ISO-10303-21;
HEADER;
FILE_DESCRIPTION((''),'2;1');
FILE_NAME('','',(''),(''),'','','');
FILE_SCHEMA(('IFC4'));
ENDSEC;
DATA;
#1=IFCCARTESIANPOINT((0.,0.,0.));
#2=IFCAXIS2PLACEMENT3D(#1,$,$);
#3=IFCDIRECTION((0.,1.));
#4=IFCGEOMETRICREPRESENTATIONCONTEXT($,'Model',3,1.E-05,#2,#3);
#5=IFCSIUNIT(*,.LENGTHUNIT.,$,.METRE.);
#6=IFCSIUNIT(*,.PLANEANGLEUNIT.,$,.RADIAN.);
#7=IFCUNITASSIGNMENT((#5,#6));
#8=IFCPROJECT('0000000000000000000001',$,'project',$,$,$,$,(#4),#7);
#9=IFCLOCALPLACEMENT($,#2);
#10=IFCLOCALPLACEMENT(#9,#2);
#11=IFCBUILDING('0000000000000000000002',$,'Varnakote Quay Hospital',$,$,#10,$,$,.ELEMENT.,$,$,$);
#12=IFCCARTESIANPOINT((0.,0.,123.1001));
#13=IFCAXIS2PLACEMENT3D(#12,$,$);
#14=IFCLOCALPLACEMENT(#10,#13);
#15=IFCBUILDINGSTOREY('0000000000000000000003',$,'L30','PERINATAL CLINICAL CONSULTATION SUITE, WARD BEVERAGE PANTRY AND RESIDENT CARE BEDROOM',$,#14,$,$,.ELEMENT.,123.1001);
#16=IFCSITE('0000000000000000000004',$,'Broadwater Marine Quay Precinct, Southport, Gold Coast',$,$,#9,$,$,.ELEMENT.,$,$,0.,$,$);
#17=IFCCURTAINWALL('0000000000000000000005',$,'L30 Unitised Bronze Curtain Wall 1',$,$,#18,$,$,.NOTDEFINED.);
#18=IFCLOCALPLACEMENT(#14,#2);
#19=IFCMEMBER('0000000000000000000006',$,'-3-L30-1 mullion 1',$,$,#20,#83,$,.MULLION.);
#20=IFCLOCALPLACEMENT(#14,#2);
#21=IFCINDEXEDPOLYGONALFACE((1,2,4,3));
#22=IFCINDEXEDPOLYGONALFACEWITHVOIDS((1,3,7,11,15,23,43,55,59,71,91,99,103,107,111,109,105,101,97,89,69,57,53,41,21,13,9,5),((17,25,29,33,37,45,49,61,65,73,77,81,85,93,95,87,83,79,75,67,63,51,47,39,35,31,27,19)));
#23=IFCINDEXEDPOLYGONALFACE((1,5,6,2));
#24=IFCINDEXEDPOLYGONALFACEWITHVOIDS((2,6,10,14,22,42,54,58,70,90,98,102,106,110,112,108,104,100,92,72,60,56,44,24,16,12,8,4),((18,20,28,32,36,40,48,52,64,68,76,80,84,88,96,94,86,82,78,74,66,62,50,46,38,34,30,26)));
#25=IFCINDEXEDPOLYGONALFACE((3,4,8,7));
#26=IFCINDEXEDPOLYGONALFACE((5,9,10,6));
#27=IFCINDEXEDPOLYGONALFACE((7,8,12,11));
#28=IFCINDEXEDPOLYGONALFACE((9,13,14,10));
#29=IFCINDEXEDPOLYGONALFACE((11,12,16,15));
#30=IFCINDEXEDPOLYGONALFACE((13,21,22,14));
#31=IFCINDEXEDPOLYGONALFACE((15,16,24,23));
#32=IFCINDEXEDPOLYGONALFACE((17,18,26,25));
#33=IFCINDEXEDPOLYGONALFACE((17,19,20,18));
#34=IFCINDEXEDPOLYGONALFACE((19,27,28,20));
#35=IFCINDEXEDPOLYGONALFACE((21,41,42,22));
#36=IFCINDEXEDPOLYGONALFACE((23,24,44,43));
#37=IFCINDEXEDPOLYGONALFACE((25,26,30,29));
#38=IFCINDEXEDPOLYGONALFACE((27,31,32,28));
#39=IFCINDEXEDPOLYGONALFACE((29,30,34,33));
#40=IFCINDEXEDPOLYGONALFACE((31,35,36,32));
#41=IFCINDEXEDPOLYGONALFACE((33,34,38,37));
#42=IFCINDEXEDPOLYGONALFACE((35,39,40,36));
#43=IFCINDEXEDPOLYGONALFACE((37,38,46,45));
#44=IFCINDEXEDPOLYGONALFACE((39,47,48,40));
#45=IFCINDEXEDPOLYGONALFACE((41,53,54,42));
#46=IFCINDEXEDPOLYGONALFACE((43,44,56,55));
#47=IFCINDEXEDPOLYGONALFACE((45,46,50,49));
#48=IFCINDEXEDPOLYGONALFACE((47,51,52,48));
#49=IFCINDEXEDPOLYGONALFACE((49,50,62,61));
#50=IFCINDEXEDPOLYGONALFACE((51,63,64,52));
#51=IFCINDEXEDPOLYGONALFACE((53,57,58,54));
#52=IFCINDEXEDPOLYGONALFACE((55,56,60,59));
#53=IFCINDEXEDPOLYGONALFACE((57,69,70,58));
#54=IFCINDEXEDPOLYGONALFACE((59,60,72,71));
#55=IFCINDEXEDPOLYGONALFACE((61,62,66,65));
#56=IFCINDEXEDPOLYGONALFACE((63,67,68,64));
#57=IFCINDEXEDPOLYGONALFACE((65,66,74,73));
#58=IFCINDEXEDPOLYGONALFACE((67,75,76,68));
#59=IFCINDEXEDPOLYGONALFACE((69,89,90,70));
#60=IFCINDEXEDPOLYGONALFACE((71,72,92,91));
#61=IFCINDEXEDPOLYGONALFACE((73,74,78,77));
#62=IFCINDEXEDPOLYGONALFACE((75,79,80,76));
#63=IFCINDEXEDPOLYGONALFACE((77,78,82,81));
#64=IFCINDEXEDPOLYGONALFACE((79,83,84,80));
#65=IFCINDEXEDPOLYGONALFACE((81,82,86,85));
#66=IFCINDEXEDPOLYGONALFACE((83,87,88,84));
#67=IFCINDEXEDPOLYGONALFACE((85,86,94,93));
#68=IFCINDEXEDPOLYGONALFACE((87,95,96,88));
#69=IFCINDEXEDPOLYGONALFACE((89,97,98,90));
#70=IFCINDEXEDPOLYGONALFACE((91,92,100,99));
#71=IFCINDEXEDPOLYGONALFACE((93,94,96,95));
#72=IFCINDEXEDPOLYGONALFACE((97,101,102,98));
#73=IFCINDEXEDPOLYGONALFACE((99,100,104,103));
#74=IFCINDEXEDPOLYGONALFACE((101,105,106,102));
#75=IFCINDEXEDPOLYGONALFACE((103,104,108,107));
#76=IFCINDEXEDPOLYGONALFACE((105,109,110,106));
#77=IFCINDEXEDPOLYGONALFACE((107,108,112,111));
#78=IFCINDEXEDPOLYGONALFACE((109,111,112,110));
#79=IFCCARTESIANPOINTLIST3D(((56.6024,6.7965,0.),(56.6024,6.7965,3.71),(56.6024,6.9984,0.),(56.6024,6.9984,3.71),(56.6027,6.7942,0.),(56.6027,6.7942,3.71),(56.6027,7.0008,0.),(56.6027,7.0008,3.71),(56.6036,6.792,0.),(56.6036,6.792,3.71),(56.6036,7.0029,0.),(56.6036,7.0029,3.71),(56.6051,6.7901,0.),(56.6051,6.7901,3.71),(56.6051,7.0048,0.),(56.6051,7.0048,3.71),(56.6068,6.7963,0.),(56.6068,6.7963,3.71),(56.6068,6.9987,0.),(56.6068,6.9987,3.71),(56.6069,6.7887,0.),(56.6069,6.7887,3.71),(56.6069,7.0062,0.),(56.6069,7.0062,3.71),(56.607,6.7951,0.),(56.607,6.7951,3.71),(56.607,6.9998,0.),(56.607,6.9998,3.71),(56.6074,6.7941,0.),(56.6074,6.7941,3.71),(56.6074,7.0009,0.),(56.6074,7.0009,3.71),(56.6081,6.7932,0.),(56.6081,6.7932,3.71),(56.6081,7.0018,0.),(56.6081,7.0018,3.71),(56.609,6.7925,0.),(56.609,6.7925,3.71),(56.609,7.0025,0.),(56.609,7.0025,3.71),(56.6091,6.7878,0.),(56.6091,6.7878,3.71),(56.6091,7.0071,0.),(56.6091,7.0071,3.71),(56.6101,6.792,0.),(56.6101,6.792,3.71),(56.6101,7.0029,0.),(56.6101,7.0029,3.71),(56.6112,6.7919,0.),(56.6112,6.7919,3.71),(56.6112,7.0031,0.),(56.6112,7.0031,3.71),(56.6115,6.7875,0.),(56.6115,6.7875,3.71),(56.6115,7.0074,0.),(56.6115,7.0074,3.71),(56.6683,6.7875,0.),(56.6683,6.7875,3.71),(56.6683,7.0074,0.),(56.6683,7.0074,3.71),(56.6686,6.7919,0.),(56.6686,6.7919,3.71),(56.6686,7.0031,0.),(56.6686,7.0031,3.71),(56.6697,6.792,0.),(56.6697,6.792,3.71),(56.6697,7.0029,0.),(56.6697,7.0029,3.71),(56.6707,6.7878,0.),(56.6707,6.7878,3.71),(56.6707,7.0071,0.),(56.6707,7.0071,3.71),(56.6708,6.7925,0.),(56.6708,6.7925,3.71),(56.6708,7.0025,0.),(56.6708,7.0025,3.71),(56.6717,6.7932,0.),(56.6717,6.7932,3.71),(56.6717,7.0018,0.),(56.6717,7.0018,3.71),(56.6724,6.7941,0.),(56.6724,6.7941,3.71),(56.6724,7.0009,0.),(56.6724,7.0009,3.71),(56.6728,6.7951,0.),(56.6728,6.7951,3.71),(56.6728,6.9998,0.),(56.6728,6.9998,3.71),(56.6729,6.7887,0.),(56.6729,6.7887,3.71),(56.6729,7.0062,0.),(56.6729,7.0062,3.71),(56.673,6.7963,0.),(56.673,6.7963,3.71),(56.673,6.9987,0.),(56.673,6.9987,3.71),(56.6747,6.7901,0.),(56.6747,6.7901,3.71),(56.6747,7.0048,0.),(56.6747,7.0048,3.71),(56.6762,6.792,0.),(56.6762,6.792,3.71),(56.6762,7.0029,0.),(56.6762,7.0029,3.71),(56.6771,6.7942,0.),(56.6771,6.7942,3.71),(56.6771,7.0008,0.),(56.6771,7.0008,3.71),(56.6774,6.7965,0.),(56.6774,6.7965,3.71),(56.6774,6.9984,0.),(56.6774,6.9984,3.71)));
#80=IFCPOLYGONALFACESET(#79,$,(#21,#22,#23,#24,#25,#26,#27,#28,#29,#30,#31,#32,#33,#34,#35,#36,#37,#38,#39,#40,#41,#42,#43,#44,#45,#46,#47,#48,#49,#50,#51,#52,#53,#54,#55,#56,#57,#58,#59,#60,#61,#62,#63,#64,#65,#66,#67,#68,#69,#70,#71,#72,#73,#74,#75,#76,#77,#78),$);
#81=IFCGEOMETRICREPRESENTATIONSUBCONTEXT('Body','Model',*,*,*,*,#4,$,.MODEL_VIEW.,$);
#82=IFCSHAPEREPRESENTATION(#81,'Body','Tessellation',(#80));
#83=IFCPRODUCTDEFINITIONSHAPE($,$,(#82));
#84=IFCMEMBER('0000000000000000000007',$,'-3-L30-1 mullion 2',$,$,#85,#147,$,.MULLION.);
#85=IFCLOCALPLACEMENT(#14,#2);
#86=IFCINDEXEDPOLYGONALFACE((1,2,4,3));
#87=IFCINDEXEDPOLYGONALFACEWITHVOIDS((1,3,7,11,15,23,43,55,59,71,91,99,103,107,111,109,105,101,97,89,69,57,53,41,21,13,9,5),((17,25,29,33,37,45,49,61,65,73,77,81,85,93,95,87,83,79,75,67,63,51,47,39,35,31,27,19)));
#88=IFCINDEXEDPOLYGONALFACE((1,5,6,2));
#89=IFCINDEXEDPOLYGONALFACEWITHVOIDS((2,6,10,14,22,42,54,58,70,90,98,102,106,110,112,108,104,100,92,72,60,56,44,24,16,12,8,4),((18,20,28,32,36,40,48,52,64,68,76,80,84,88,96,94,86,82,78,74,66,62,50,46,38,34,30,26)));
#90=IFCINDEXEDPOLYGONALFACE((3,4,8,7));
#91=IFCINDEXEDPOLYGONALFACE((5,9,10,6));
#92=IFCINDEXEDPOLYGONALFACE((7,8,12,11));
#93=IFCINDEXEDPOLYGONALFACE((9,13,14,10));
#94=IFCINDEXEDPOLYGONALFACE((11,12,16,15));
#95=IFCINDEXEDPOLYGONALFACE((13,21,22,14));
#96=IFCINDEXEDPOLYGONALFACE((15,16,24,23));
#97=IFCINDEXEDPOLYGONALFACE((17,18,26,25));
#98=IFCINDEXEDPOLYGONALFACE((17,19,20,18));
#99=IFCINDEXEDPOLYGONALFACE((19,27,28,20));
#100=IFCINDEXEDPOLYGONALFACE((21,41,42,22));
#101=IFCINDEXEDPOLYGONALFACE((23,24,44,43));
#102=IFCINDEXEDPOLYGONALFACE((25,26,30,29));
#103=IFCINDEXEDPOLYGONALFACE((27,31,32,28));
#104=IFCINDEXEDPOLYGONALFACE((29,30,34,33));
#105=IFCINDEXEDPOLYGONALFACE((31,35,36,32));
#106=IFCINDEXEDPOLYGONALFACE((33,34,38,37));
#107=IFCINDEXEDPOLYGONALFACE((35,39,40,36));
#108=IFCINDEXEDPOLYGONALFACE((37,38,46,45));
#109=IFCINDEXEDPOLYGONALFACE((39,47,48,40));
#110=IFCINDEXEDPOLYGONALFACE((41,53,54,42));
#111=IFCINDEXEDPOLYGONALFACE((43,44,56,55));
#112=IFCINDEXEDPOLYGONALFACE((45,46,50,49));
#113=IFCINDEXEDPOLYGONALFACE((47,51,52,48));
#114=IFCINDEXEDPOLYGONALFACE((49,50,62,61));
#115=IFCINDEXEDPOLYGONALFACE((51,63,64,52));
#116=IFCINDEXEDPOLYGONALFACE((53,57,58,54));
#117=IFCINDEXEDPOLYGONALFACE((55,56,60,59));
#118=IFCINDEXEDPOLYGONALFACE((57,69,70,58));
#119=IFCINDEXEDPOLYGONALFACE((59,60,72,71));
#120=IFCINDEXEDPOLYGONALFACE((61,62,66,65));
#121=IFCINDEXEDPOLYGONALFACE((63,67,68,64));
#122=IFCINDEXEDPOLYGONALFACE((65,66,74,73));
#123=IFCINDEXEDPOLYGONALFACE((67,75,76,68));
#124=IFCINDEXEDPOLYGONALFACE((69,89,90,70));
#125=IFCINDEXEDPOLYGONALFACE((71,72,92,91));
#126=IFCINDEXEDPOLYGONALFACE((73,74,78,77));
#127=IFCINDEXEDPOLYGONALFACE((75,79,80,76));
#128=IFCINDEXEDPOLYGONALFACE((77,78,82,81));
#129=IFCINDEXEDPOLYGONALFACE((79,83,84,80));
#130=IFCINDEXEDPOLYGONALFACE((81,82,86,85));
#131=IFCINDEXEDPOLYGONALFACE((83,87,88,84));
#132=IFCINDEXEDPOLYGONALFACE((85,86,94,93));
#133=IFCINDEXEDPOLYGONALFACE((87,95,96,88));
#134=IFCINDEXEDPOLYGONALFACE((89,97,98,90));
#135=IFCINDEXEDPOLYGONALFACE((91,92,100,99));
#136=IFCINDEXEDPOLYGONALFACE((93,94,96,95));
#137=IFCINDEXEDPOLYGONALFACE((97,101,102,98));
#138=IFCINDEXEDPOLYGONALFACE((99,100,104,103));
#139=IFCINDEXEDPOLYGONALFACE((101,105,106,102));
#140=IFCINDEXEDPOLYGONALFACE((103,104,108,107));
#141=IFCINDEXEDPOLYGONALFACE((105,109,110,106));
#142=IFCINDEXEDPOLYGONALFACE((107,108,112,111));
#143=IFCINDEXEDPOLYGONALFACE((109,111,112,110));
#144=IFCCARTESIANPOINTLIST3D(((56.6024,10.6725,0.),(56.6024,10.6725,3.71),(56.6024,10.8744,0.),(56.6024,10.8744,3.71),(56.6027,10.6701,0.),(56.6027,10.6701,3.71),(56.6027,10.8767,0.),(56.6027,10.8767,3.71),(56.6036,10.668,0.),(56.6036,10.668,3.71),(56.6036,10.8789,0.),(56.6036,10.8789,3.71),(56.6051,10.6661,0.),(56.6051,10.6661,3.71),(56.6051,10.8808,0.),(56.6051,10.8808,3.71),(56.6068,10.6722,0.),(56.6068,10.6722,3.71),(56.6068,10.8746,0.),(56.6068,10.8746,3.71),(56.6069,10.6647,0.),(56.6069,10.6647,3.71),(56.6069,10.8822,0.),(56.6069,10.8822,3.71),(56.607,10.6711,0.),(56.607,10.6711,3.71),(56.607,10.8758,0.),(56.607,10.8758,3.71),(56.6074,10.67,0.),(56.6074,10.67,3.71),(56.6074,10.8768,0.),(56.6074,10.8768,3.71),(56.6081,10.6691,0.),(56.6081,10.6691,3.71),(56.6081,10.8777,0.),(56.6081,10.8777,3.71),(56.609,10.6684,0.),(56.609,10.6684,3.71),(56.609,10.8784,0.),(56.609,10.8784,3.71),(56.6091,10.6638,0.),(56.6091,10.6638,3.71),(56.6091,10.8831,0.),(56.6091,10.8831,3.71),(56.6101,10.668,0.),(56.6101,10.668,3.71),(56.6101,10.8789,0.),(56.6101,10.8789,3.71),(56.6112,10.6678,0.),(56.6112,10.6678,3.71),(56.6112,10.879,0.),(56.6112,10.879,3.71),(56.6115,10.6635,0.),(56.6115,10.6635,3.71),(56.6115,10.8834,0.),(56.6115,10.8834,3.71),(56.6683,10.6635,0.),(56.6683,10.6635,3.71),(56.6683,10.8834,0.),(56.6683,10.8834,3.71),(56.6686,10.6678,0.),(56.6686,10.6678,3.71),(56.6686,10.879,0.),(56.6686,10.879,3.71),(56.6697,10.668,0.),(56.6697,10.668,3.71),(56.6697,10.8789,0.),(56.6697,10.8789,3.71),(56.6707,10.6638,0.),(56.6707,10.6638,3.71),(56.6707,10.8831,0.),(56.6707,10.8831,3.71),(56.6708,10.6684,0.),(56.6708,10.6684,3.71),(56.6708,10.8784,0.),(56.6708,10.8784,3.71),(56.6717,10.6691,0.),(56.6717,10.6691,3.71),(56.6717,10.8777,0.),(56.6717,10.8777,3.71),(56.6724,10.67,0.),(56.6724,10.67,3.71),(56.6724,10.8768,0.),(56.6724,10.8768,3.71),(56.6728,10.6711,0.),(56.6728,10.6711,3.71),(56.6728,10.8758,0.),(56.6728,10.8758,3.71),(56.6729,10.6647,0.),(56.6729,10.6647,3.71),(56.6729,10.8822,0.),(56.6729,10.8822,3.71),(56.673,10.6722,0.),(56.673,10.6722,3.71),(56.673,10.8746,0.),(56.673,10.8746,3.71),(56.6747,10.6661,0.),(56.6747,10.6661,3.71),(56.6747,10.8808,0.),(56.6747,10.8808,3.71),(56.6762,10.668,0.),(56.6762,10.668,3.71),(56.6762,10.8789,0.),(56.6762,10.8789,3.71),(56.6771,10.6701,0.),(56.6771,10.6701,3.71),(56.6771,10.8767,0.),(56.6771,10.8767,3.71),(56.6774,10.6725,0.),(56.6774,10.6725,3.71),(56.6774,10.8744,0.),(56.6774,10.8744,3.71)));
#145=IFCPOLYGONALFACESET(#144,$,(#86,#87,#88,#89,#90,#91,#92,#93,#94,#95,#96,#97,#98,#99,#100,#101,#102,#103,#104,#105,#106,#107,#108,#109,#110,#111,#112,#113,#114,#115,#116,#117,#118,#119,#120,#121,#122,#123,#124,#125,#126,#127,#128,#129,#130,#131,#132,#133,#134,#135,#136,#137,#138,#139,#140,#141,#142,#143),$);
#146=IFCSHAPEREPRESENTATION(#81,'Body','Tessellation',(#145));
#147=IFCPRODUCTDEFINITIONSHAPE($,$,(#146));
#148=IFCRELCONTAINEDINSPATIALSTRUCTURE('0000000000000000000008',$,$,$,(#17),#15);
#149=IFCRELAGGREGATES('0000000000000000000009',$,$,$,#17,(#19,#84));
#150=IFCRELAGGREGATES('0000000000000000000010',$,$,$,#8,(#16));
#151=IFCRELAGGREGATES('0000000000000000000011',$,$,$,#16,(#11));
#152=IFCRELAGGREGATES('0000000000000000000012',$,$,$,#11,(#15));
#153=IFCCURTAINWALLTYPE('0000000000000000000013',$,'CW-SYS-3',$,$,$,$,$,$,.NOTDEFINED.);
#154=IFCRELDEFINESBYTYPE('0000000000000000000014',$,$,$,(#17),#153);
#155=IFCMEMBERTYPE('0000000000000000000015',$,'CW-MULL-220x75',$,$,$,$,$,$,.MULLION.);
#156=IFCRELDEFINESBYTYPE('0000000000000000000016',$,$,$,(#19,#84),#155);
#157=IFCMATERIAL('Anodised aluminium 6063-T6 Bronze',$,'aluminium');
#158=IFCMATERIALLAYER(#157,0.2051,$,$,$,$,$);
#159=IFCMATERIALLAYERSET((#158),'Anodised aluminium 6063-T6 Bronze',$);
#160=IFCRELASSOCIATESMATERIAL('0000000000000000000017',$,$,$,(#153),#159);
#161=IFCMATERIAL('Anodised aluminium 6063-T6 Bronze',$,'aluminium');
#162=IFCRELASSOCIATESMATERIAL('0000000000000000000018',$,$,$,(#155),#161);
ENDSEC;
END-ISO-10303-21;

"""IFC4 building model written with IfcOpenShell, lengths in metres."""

from ifc_helpers import new_model, si_unit, direction, frame, origin, origin_2d, place, context, subcontext, project, spatial, hollow_rectangle, extrude, material, layer, layer_set, material_profile, profile_set, type_object, element, aggregate, save


model = new_model("IFC4")

# Units and contexts
model_context = context("Model", 3, precision=1e-05, world=origin(), true_north=direction((0.0, 1.0)))
body_context = subcontext(model_context, "Body", "Model", "MODEL_VIEW")
ifc_project = project(units=[si_unit("LENGTHUNIT", "METRE"), si_unit("PLANEANGLEUNIT", "RADIAN")], contexts=[model_context])

# Site, building, storey
site_placement = place(None, origin())
site = spatial("IfcSite", under=ifc_project, at=site_placement, Name="Broadwater Marine Quay Precinct, Southport, Gold Coast", CompositionType="ELEMENT", RefElevation=0.0)
building_placement = place(site_placement, origin())
building = spatial("IfcBuilding", under=site, at=building_placement, Name="Varnakote Quay Hospital", CompositionType="ELEMENT")
storey_placement = place(building_placement, frame((0.0, 0.0, 123.1001)))
storey = spatial("IfcBuildingStorey", under=building, at=storey_placement, Name="L30", Description="PERINATAL CLINICAL CONSULTATION SUITE, WARD BEVERAGE PANTRY AND RESIDENT CARE BEDROOM", CompositionType="ELEMENT", Elevation=123.1001)

# Curtain wall, members
ifc_material_1 = material(Name="Anodised aluminium 6063-T6 Bronze", Category="aluminium")
ifc_layer_1 = layer(ifc_material_1, 0.2051)
ifc_layer_set_1 = layer_set([ifc_layer_1], Name="Anodised aluminium 6063-T6 Bronze")
curtain_wall_type = type_object("IfcCurtainWallType", Name="CW-SYS-3", PredefinedType="NOTDEFINED", material=ifc_layer_set_1)
curtain_wall_placement = place(storey_placement, origin())
curtain_wall = element("IfcCurtainWall", 1, at=curtain_wall_placement, inside=storey, type_object=curtain_wall_type, Name="L30 Unitised Bronze Curtain Wall 1", PredefinedType="NOTDEFINED")
ifc_material_2 = material(Name="Anodised aluminium 6063-T6 Bronze", Category="aluminium")
ifc_material_profile_1 = material_profile(ifc_material_2, hollow_rectangle(XDim=0.075, YDim=0.22, WallThickness=0.0044, InnerFilletRadius=0.0044, OuterFilletRadius=0.009, at=origin_2d()), Name="CW-MULL-220x75")
ifc_profile_set_1 = profile_set([ifc_material_profile_1], Name="Anodised aluminium 6063-T6 Bronze")
member_type_1 = type_object("IfcMemberType", Name="CW-MULL-220x75", PredefinedType="MULLION", material=ifc_profile_set_1)
member_1_placement = place(storey_placement, frame((56.6399, 6.8975, 0.0), z_axis=(0.0, 0.0, 1.0), x_axis=(-1.0, 0.0, 0.0)))
member_1 = element("IfcMember", 2, at=member_1_placement, type_object=member_type_1, Name="-3-L30-1 mullion 1", PredefinedType="MULLION", context=body_context, shape_type="SweptSolid", body=[
    extrude(hollow_rectangle(XDim=0.075, YDim=0.22, WallThickness=0.0044, InnerFilletRadius=0.0044, OuterFilletRadius=0.009, at=origin_2d()), origin(), (0.0, 0.0, 1.0), 3.71),
])
member_2_placement = place(storey_placement, frame((56.6399, 10.7734, 0.0), z_axis=(0.0, 0.0, 1.0), x_axis=(-1.0, 0.0, 0.0)))
member_2 = element("IfcMember", 3, at=member_2_placement, type_object=member_type_1, Name="-3-L30-1 mullion 2", PredefinedType="MULLION", context=body_context, shape_type="SweptSolid", body=[
    extrude(hollow_rectangle(XDim=0.075, YDim=0.22, WallThickness=0.0044, InnerFilletRadius=0.0044, OuterFilletRadius=0.009, at=origin_2d()), origin(), (0.0, 0.0, 1.0), 3.71),
])
aggregate(curtain_wall, [member_1, member_2])

save(model, "model.ifc")
